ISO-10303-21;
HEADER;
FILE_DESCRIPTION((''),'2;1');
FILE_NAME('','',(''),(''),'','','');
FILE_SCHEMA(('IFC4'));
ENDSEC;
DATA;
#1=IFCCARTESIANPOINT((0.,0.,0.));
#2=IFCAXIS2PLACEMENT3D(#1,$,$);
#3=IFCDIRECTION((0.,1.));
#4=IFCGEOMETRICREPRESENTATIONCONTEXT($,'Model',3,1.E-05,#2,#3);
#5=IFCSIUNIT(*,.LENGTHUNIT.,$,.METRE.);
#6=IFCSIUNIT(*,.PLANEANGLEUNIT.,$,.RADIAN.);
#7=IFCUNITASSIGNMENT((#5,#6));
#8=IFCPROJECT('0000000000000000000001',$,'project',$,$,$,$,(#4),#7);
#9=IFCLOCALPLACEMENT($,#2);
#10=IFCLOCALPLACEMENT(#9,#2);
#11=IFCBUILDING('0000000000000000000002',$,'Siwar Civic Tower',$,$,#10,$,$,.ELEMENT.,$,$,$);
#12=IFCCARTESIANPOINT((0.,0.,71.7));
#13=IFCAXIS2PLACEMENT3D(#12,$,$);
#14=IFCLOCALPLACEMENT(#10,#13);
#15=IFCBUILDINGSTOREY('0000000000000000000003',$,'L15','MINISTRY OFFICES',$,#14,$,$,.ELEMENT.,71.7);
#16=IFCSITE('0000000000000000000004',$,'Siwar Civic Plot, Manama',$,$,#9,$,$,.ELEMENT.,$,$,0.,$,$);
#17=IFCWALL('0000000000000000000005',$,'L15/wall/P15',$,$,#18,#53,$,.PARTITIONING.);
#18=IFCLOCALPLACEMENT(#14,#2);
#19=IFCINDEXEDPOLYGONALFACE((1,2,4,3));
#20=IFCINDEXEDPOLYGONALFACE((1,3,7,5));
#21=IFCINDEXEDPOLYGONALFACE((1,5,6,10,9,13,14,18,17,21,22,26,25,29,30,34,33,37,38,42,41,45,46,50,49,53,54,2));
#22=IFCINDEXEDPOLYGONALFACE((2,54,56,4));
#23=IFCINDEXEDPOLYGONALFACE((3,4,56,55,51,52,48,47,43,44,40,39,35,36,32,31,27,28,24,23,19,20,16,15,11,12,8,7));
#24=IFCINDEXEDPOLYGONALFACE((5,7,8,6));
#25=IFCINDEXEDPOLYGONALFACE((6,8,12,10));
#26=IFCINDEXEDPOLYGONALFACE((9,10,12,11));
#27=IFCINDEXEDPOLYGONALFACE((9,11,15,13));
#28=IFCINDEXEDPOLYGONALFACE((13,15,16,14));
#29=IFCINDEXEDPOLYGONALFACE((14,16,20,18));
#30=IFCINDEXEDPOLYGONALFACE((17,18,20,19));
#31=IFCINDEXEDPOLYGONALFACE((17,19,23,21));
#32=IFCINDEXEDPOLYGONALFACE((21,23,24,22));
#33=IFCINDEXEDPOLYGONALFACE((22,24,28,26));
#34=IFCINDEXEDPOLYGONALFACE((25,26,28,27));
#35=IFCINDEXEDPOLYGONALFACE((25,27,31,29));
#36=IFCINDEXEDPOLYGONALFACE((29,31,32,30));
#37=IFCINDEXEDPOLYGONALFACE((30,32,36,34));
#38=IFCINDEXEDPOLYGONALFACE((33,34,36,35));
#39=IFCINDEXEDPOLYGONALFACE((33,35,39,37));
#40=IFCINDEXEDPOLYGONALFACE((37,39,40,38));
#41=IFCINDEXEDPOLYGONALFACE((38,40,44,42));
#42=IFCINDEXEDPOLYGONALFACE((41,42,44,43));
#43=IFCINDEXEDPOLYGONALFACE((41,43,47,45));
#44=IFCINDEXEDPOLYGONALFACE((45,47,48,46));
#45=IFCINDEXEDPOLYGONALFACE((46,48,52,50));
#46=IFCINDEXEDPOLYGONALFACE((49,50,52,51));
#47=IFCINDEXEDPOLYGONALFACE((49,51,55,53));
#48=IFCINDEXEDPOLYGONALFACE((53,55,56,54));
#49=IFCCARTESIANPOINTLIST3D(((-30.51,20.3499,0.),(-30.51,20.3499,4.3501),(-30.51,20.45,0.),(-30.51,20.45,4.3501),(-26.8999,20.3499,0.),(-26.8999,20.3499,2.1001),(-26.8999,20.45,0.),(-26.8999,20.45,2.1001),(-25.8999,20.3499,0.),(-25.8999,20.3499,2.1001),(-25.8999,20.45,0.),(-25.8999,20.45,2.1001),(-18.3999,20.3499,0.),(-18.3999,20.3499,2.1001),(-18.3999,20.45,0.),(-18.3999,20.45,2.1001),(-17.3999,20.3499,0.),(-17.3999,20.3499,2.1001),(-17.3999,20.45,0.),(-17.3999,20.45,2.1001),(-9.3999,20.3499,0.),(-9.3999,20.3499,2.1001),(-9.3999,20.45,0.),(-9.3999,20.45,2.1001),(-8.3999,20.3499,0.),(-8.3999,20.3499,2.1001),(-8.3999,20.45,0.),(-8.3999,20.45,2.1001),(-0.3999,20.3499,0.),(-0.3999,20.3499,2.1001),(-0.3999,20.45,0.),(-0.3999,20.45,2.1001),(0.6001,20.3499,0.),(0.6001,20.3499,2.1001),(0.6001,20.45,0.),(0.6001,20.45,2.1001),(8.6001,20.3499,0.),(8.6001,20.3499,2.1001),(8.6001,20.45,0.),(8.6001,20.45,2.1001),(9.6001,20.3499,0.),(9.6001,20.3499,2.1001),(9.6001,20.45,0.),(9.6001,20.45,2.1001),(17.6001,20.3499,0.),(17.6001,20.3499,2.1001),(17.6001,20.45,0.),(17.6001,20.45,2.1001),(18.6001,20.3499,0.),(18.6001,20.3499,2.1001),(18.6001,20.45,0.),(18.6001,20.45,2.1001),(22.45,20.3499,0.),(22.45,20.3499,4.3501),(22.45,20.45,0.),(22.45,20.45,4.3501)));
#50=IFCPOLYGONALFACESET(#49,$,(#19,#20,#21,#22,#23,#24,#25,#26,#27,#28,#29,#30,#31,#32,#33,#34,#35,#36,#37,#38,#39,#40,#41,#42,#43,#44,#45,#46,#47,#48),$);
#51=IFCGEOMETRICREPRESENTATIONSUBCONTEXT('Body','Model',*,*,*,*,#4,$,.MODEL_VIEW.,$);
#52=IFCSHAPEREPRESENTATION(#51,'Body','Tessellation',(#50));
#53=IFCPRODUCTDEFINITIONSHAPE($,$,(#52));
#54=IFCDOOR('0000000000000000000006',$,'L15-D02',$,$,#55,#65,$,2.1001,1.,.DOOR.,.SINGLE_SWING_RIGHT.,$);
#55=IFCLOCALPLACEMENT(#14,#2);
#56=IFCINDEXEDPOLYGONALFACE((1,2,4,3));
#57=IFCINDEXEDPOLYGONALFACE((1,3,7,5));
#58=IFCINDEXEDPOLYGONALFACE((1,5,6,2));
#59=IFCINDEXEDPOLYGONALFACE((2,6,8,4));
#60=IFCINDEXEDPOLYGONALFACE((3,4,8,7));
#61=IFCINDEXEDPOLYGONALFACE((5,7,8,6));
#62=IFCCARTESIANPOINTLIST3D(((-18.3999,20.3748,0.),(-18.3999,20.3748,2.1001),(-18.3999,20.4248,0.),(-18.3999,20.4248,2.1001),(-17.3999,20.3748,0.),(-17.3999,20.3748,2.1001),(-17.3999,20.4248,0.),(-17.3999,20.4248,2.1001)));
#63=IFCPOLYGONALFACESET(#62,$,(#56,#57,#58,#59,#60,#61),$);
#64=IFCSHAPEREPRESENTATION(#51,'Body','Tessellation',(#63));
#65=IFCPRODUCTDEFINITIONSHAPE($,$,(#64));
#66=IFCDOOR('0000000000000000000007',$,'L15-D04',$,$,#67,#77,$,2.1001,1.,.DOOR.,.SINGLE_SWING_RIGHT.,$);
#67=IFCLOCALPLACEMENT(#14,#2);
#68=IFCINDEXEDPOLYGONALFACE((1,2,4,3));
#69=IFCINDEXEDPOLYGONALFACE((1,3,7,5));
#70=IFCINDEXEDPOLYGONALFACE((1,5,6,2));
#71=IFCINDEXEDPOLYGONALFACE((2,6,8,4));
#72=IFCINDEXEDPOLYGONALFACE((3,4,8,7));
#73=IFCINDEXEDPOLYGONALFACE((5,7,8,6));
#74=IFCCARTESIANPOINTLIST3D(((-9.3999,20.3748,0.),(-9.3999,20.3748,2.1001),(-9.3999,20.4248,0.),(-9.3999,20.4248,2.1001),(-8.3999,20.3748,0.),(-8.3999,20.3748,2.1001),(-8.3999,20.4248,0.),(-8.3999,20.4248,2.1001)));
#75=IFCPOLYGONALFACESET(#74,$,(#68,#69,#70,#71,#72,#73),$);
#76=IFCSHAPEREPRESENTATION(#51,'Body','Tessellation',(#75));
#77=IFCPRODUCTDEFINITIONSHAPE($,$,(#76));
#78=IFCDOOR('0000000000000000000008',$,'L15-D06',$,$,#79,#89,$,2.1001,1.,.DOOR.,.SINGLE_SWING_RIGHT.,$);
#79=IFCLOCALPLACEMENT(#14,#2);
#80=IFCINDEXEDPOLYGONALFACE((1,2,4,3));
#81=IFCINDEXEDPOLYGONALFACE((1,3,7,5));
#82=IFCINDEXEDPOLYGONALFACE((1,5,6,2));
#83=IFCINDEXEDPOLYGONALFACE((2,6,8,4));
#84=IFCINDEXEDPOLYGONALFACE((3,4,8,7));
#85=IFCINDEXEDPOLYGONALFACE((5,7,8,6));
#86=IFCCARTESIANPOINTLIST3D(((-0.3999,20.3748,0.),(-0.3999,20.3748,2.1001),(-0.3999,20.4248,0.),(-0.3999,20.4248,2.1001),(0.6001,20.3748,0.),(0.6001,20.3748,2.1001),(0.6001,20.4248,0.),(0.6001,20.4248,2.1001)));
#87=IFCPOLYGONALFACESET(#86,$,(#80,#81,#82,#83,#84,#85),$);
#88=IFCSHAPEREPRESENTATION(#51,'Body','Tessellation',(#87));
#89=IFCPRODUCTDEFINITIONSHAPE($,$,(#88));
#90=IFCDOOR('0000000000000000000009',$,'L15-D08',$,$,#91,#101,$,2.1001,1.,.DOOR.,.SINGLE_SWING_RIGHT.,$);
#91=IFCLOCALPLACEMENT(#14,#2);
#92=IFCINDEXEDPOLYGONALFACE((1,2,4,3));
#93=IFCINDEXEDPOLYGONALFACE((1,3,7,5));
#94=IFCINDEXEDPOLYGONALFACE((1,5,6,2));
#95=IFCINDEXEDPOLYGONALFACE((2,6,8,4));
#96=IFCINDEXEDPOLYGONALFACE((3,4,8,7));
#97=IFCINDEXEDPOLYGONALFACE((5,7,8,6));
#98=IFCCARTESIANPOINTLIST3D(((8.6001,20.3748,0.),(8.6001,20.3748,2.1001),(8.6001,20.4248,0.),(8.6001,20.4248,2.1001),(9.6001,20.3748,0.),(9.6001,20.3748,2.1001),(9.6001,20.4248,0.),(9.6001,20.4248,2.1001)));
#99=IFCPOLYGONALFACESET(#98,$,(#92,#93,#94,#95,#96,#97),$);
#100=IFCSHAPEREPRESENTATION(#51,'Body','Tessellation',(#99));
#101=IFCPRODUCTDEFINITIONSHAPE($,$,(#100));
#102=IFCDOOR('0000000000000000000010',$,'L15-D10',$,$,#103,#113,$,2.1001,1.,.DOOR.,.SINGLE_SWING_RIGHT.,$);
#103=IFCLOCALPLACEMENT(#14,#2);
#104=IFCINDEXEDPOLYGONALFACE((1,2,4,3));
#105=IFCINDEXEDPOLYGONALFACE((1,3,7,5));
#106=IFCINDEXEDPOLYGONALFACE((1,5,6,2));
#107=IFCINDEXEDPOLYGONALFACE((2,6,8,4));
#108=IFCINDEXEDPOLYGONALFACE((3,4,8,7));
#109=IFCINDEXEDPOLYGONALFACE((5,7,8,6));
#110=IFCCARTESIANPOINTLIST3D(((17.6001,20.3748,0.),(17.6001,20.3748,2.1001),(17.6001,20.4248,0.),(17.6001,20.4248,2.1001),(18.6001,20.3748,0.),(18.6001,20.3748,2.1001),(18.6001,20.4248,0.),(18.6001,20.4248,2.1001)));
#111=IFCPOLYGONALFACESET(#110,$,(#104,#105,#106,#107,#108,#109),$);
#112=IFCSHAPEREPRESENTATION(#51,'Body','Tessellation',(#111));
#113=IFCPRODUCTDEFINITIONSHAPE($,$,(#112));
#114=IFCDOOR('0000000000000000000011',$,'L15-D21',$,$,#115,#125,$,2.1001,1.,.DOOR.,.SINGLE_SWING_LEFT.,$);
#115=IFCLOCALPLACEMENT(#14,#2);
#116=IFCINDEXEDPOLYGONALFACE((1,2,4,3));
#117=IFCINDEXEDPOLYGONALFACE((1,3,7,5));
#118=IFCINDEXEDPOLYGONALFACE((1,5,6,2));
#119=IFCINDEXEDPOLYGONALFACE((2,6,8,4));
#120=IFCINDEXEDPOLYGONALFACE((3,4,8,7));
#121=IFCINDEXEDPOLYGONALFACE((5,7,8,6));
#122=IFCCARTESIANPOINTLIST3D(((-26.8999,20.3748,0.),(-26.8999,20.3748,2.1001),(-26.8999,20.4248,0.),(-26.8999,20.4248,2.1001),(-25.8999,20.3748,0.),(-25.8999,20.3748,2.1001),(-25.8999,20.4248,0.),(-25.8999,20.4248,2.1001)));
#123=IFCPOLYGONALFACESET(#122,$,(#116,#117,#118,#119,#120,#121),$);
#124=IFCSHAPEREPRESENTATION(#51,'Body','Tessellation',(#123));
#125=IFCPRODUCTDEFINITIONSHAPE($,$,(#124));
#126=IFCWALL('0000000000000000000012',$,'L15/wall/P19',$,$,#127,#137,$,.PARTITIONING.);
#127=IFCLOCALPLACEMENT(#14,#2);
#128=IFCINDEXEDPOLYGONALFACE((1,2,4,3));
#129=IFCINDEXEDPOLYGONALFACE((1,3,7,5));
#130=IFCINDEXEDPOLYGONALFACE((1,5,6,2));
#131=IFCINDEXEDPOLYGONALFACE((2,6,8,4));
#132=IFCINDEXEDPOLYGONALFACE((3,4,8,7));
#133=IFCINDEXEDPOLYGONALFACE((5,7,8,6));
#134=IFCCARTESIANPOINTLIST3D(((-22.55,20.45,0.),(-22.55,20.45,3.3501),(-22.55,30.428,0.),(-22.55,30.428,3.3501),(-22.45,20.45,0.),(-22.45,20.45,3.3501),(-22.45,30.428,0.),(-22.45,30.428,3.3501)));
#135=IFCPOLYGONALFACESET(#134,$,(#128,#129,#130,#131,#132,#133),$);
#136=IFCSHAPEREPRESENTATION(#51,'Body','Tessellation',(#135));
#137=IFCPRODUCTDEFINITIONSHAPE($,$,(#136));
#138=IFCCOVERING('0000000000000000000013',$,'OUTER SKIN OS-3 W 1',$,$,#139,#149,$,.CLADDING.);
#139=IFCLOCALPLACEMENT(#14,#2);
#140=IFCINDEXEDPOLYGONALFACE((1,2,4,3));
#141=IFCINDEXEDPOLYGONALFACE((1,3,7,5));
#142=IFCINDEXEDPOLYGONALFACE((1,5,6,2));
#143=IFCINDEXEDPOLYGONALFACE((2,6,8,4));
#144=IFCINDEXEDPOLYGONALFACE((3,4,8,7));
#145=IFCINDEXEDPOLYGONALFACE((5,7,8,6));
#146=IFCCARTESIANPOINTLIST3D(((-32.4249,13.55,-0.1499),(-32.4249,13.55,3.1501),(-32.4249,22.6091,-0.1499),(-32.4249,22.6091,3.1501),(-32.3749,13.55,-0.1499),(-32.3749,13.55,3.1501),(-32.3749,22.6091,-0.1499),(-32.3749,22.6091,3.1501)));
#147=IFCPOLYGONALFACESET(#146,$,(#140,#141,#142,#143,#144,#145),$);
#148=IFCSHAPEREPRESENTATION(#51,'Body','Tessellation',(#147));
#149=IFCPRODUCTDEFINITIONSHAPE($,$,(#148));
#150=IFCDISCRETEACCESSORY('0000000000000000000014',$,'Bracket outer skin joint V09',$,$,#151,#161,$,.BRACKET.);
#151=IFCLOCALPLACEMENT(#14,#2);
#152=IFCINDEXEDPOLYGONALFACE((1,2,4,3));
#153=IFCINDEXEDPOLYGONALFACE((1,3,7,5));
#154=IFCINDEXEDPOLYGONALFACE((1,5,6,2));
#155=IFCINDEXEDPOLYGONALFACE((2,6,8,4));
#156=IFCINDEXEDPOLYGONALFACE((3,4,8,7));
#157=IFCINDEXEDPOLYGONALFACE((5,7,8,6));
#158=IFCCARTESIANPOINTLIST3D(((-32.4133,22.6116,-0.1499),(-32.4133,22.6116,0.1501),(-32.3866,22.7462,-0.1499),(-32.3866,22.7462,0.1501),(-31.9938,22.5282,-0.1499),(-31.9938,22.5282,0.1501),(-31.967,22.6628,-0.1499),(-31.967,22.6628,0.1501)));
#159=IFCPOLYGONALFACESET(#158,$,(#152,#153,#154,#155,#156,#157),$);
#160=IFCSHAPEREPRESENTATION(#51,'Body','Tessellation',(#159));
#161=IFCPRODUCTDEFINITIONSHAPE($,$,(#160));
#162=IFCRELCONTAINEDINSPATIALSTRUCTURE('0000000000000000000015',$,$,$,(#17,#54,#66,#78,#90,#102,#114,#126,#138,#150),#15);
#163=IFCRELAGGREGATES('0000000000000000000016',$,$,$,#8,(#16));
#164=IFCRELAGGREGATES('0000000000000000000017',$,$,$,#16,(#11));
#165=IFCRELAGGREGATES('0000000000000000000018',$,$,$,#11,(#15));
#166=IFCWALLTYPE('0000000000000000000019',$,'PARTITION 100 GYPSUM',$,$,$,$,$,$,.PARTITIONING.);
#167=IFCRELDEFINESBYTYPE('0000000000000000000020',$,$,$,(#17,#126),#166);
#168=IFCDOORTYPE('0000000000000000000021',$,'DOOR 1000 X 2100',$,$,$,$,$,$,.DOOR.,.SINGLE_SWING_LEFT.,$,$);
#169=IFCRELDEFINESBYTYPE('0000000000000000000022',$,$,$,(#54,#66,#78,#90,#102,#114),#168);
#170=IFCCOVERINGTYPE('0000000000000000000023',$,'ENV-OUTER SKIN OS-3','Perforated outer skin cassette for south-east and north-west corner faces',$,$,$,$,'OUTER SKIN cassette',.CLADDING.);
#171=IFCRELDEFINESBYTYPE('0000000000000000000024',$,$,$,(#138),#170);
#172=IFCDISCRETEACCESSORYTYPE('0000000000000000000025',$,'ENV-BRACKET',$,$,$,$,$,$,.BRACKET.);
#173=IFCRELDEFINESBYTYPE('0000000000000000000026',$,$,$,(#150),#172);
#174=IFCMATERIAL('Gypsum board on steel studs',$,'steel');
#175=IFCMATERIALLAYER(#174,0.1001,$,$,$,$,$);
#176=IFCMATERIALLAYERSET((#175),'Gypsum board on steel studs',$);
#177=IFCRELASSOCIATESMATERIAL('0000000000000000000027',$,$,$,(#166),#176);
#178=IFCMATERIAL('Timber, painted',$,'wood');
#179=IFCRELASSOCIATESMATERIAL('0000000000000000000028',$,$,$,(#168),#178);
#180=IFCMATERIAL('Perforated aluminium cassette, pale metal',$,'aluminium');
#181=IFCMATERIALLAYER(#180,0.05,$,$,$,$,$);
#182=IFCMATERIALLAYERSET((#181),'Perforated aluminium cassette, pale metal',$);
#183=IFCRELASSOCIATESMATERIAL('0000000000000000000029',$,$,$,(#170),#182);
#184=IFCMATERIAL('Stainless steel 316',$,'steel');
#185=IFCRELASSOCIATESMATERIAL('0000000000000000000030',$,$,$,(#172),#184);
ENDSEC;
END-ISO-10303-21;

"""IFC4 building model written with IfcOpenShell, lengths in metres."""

from ifc_helpers import new_model, si_unit, direction, frame, frame_2d, origin, origin_2d, place, context, subcontext, project, spatial, rectangle, extrude, material, layer, layer_set, type_object, element, fill, save


model = new_model("IFC4")

# Units and contexts
model_context = context("Model", 3, precision=1e-05, world=origin(), true_north=direction((0.0, 1.0)))
body_context = subcontext(model_context, "Body", "Model", "MODEL_VIEW")
ifc_project = project(units=[si_unit("LENGTHUNIT", "METRE"), si_unit("PLANEANGLEUNIT", "RADIAN")], contexts=[model_context])

# Site, building, storey
site_placement = place(None, origin())
site = spatial("IfcSite", under=ifc_project, at=site_placement, Name="Siwar Civic Plot, Manama", CompositionType="ELEMENT", RefElevation=0.0)
building_placement = place(site_placement, origin())
building = spatial("IfcBuilding", under=site, at=building_placement, Name="Siwar Civic Tower", CompositionType="ELEMENT")
storey_placement = place(building_placement, frame((0.0, 0.0, 71.7)))
storey = spatial("IfcBuildingStorey", under=building, at=storey_placement, Name="L15", Description="MINISTRY OFFICES", CompositionType="ELEMENT", Elevation=71.7)

# Wall, openings, doors
ifc_material_1 = material(Name="Gypsum board on steel studs", Category="steel")
ifc_layer_1 = layer(ifc_material_1, 0.1001)
ifc_layer_set_1 = layer_set([ifc_layer_1], Name="Gypsum board on steel studs")
wall_type = type_object("IfcWallType", Name="PARTITION 100 GYPSUM", PredefinedType="PARTITIONING", material=ifc_layer_set_1)
wall_1_placement = place(storey_placement, frame((-30.51, 20.3999, 0.0), z_axis=(0.0, 0.0, 1.0), x_axis=(1.0, 0.0, 0.0)))
wall_1 = element("IfcWall", 1, at=wall_1_placement, inside=storey, type_object=wall_type, Name="L15/wall/P15", PredefinedType="PARTITIONING", context=body_context, shape_type="SweptSolid", body=[
    extrude(rectangle(XDim=52.96, YDim=0.1001, at=frame_2d((26.48, 0.0))), origin(), (0.0, 0.0, 1.0), 4.3501),
])
opening_1_placement = place(wall_1_placement, frame((12.1101, 0.0, 0.0)))
opening_1 = element("IfcOpeningElement", 2, at=opening_1_placement, cuts=wall_1, PredefinedType="OPENING", context=body_context, shape_type="SweptSolid", body=[
    extrude(rectangle(XDim=1.0, YDim=2.1001, at=frame_2d((0.5, 1.05))), frame((0.0, 0.0601, 0.0), z_axis=(0.0, -1.0, 0.0), x_axis=(1.0, 0.0, 0.0)), (0.0, 0.0, 1.0), 0.1201),
])
opening_2_placement = place(wall_1_placement, frame((21.1101, 0.0, 0.0)))
opening_2 = element("IfcOpeningElement", 3, at=opening_2_placement, cuts=wall_1, PredefinedType="OPENING", context=body_context, shape_type="SweptSolid", body=[
    extrude(rectangle(XDim=1.0, YDim=2.1001, at=frame_2d((0.5, 1.05))), frame((0.0, 0.0601, 0.0), z_axis=(0.0, -1.0, 0.0), x_axis=(1.0, 0.0, 0.0)), (0.0, 0.0, 1.0), 0.1201),
])
opening_3_placement = place(wall_1_placement, frame((30.1101, 0.0, 0.0)))
opening_3 = element("IfcOpeningElement", 4, at=opening_3_placement, cuts=wall_1, PredefinedType="OPENING", context=body_context, shape_type="SweptSolid", body=[
    extrude(rectangle(XDim=1.0, YDim=2.1001, at=frame_2d((0.5, 1.05))), frame((0.0, 0.0601, 0.0), z_axis=(0.0, -1.0, 0.0), x_axis=(1.0, 0.0, 0.0)), (0.0, 0.0, 1.0), 0.1201),
])
opening_4_placement = place(wall_1_placement, frame((39.1101, 0.0, 0.0)))
opening_4 = element("IfcOpeningElement", 5, at=opening_4_placement, cuts=wall_1, PredefinedType="OPENING", context=body_context, shape_type="SweptSolid", body=[
    extrude(rectangle(XDim=1.0, YDim=2.1001, at=frame_2d((0.5, 1.05))), frame((0.0, 0.0601, 0.0), z_axis=(0.0, -1.0, 0.0), x_axis=(1.0, 0.0, 0.0)), (0.0, 0.0, 1.0), 0.1201),
])
opening_5_placement = place(wall_1_placement, frame((48.1101, 0.0, 0.0)))
opening_5 = element("IfcOpeningElement", 6, at=opening_5_placement, cuts=wall_1, PredefinedType="OPENING", context=body_context, shape_type="SweptSolid", body=[
    extrude(rectangle(XDim=1.0, YDim=2.1001, at=frame_2d((0.5, 1.05))), frame((0.0, 0.0601, 0.0), z_axis=(0.0, -1.0, 0.0), x_axis=(1.0, 0.0, 0.0)), (0.0, 0.0, 1.0), 0.1201),
])
opening_6_placement = place(wall_1_placement, frame((3.6101, 0.0, 0.0)))
opening_6 = element("IfcOpeningElement", 7, at=opening_6_placement, cuts=wall_1, PredefinedType="OPENING", context=body_context, shape_type="SweptSolid", body=[
    extrude(rectangle(XDim=1.0, YDim=2.1001, at=frame_2d((0.5, 1.05))), frame((0.0, 0.0601, 0.0), z_axis=(0.0, -1.0, 0.0), x_axis=(1.0, 0.0, 0.0)), (0.0, 0.0, 1.0), 0.1201),
])
ifc_material_2 = material(Name="Timber, painted", Category="wood")
door_type = type_object("IfcDoorType", Name="DOOR 1000 X 2100", OperationType="SINGLE_SWING_LEFT", PredefinedType="DOOR", material=ifc_material_2)
door_1_placement = place(opening_1_placement, origin())
door_1 = element("IfcDoor", 8, at=door_1_placement, inside=storey, type_object=door_type, Name="L15-D02", OperationType="SINGLE_SWING_RIGHT", OverallHeight=2.1001, OverallWidth=1.0, PredefinedType="DOOR", context=body_context, shape_type="SweptSolid", body=[
    extrude(rectangle(XDim=1.0, YDim=2.1001, at=frame_2d((0.5, 1.05))), frame((0.0, 0.0249, 0.0), z_axis=(0.0, -1.0, 0.0), x_axis=(1.0, 0.0, 0.0)), (0.0, 0.0, 1.0), 0.05),
])
fill(opening_1, door_1)
door_2_placement = place(opening_2_placement, origin())
door_2 = element("IfcDoor", 9, at=door_2_placement, inside=storey, type_object=door_type, Name="L15-D04", OperationType="SINGLE_SWING_RIGHT", OverallHeight=2.1001, OverallWidth=1.0, PredefinedType="DOOR", context=body_context, shape_type="SweptSolid", body=[
    extrude(rectangle(XDim=1.0, YDim=2.1001, at=frame_2d((0.5, 1.05))), frame((0.0, 0.0249, 0.0), z_axis=(0.0, -1.0, 0.0), x_axis=(1.0, 0.0, 0.0)), (0.0, 0.0, 1.0), 0.05),
])
fill(opening_2, door_2)
door_3_placement = place(opening_3_placement, origin())
door_3 = element("IfcDoor", 10, at=door_3_placement, inside=storey, type_object=door_type, Name="L15-D06", OperationType="SINGLE_SWING_RIGHT", OverallHeight=2.1001, OverallWidth=1.0, PredefinedType="DOOR", context=body_context, shape_type="SweptSolid", body=[
    extrude(rectangle(XDim=1.0, YDim=2.1001, at=frame_2d((0.5, 1.05))), frame((0.0, 0.0249, 0.0), z_axis=(0.0, -1.0, 0.0), x_axis=(1.0, 0.0, 0.0)), (0.0, 0.0, 1.0), 0.05),
])
fill(opening_3, door_3)
door_4_placement = place(opening_4_placement, origin())
door_4 = element("IfcDoor", 11, at=door_4_placement, inside=storey, type_object=door_type, Name="L15-D08", OperationType="SINGLE_SWING_RIGHT", OverallHeight=2.1001, OverallWidth=1.0, PredefinedType="DOOR", context=body_context, shape_type="SweptSolid", body=[
    extrude(rectangle(XDim=1.0, YDim=2.1001, at=frame_2d((0.5, 1.05))), frame((0.0, 0.0249, 0.0), z_axis=(0.0, -1.0, 0.0), x_axis=(1.0, 0.0, 0.0)), (0.0, 0.0, 1.0), 0.05),
])
fill(opening_4, door_4)
door_5_placement = place(opening_5_placement, origin())
door_5 = element("IfcDoor", 12, at=door_5_placement, inside=storey, type_object=door_type, Name="L15-D10", OperationType="SINGLE_SWING_RIGHT", OverallHeight=2.1001, OverallWidth=1.0, PredefinedType="DOOR", context=body_context, shape_type="SweptSolid", body=[
    extrude(rectangle(XDim=1.0, YDim=2.1001, at=frame_2d((0.5, 1.05))), frame((0.0, 0.0249, 0.0), z_axis=(0.0, -1.0, 0.0), x_axis=(1.0, 0.0, 0.0)), (0.0, 0.0, 1.0), 0.05),
])
fill(opening_5, door_5)
door_6_placement = place(opening_6_placement, origin())
door_6 = element("IfcDoor", 13, at=door_6_placement, inside=storey, type_object=door_type, Name="L15-D21", OperationType="SINGLE_SWING_LEFT", OverallHeight=2.1001, OverallWidth=1.0, PredefinedType="DOOR", context=body_context, shape_type="SweptSolid", body=[
    extrude(rectangle(XDim=1.0, YDim=2.1001, at=frame_2d((0.5, 1.05))), frame((0.0, 0.0249, 0.0), z_axis=(0.0, -1.0, 0.0), x_axis=(1.0, 0.0, 0.0)), (0.0, 0.0, 1.0), 0.05),
])
fill(opening_6, door_6)

# Wall
wall_2_placement = place(storey_placement, frame((-22.5, 20.45, 0.0), z_axis=(0.0, 0.0, 1.0), x_axis=(0.0, 1.0, 0.0)))
element("IfcWall", 14, at=wall_2_placement, inside=storey, type_object=wall_type, Name="L15/wall/P19", PredefinedType="PARTITIONING", context=body_context, shape_type="SweptSolid", body=[
    extrude(rectangle(XDim=9.978, YDim=0.1001, at=frame_2d((4.989, 0.0))), origin(), (0.0, 0.0, 1.0), 3.3501),
])

# Covering
ifc_material_3 = material(Name="Perforated aluminium cassette, pale metal", Category="aluminium")
ifc_layer_2 = layer(ifc_material_3, 0.05)
ifc_layer_set_2 = layer_set([ifc_layer_2], Name="Perforated aluminium cassette, pale metal")
covering_type = type_object("IfcCoveringType", Name="ENV-OUTER SKIN OS-3", Description="Perforated outer skin cassette for south-east and north-west corner faces", ElementType="OUTER SKIN cassette", PredefinedType="CLADDING", material=ifc_layer_set_2)
covering_placement = place(storey_placement, frame((-32.3999, 18.0796, -0.1499), z_axis=(0.0, 0.0, 1.0), x_axis=(0.0, -1.0, 0.0)))
element("IfcCovering", 15, at=covering_placement, inside=storey, type_object=covering_type, Name="OUTER SKIN OS-3 W 1", PredefinedType="CLADDING", context=body_context, shape_type="SweptSolid", body=[
    extrude(rectangle(XDim=9.0591, YDim=0.05, at=origin_2d()), origin(), (0.0, 0.0, 1.0), 3.3),
])

# Discrete accessory
ifc_material_4 = material(Name="Stainless steel 316", Category="steel")
discrete_accessory_type = type_object("IfcDiscreteAccessoryType", Name="ENV-BRACKET", PredefinedType="BRACKET", material=ifc_material_4)
discrete_accessory_placement = place(storey_placement, frame((-32.1902, 22.6372, -0.1499), z_axis=(0.0, 0.0, 1.0), x_axis=(-0.980785, 0.19509, 0.0)))
element("IfcDiscreteAccessory", 16, at=discrete_accessory_placement, inside=storey, type_object=discrete_accessory_type, Name="Bracket outer skin joint V09", PredefinedType="BRACKET", context=body_context, shape_type="SweptSolid", body=[
    extrude(rectangle(XDim=0.4277, YDim=0.1372, at=origin_2d()), origin(), (0.0, 0.0, 1.0), 0.3),
])

save(model, "model.ifc")
